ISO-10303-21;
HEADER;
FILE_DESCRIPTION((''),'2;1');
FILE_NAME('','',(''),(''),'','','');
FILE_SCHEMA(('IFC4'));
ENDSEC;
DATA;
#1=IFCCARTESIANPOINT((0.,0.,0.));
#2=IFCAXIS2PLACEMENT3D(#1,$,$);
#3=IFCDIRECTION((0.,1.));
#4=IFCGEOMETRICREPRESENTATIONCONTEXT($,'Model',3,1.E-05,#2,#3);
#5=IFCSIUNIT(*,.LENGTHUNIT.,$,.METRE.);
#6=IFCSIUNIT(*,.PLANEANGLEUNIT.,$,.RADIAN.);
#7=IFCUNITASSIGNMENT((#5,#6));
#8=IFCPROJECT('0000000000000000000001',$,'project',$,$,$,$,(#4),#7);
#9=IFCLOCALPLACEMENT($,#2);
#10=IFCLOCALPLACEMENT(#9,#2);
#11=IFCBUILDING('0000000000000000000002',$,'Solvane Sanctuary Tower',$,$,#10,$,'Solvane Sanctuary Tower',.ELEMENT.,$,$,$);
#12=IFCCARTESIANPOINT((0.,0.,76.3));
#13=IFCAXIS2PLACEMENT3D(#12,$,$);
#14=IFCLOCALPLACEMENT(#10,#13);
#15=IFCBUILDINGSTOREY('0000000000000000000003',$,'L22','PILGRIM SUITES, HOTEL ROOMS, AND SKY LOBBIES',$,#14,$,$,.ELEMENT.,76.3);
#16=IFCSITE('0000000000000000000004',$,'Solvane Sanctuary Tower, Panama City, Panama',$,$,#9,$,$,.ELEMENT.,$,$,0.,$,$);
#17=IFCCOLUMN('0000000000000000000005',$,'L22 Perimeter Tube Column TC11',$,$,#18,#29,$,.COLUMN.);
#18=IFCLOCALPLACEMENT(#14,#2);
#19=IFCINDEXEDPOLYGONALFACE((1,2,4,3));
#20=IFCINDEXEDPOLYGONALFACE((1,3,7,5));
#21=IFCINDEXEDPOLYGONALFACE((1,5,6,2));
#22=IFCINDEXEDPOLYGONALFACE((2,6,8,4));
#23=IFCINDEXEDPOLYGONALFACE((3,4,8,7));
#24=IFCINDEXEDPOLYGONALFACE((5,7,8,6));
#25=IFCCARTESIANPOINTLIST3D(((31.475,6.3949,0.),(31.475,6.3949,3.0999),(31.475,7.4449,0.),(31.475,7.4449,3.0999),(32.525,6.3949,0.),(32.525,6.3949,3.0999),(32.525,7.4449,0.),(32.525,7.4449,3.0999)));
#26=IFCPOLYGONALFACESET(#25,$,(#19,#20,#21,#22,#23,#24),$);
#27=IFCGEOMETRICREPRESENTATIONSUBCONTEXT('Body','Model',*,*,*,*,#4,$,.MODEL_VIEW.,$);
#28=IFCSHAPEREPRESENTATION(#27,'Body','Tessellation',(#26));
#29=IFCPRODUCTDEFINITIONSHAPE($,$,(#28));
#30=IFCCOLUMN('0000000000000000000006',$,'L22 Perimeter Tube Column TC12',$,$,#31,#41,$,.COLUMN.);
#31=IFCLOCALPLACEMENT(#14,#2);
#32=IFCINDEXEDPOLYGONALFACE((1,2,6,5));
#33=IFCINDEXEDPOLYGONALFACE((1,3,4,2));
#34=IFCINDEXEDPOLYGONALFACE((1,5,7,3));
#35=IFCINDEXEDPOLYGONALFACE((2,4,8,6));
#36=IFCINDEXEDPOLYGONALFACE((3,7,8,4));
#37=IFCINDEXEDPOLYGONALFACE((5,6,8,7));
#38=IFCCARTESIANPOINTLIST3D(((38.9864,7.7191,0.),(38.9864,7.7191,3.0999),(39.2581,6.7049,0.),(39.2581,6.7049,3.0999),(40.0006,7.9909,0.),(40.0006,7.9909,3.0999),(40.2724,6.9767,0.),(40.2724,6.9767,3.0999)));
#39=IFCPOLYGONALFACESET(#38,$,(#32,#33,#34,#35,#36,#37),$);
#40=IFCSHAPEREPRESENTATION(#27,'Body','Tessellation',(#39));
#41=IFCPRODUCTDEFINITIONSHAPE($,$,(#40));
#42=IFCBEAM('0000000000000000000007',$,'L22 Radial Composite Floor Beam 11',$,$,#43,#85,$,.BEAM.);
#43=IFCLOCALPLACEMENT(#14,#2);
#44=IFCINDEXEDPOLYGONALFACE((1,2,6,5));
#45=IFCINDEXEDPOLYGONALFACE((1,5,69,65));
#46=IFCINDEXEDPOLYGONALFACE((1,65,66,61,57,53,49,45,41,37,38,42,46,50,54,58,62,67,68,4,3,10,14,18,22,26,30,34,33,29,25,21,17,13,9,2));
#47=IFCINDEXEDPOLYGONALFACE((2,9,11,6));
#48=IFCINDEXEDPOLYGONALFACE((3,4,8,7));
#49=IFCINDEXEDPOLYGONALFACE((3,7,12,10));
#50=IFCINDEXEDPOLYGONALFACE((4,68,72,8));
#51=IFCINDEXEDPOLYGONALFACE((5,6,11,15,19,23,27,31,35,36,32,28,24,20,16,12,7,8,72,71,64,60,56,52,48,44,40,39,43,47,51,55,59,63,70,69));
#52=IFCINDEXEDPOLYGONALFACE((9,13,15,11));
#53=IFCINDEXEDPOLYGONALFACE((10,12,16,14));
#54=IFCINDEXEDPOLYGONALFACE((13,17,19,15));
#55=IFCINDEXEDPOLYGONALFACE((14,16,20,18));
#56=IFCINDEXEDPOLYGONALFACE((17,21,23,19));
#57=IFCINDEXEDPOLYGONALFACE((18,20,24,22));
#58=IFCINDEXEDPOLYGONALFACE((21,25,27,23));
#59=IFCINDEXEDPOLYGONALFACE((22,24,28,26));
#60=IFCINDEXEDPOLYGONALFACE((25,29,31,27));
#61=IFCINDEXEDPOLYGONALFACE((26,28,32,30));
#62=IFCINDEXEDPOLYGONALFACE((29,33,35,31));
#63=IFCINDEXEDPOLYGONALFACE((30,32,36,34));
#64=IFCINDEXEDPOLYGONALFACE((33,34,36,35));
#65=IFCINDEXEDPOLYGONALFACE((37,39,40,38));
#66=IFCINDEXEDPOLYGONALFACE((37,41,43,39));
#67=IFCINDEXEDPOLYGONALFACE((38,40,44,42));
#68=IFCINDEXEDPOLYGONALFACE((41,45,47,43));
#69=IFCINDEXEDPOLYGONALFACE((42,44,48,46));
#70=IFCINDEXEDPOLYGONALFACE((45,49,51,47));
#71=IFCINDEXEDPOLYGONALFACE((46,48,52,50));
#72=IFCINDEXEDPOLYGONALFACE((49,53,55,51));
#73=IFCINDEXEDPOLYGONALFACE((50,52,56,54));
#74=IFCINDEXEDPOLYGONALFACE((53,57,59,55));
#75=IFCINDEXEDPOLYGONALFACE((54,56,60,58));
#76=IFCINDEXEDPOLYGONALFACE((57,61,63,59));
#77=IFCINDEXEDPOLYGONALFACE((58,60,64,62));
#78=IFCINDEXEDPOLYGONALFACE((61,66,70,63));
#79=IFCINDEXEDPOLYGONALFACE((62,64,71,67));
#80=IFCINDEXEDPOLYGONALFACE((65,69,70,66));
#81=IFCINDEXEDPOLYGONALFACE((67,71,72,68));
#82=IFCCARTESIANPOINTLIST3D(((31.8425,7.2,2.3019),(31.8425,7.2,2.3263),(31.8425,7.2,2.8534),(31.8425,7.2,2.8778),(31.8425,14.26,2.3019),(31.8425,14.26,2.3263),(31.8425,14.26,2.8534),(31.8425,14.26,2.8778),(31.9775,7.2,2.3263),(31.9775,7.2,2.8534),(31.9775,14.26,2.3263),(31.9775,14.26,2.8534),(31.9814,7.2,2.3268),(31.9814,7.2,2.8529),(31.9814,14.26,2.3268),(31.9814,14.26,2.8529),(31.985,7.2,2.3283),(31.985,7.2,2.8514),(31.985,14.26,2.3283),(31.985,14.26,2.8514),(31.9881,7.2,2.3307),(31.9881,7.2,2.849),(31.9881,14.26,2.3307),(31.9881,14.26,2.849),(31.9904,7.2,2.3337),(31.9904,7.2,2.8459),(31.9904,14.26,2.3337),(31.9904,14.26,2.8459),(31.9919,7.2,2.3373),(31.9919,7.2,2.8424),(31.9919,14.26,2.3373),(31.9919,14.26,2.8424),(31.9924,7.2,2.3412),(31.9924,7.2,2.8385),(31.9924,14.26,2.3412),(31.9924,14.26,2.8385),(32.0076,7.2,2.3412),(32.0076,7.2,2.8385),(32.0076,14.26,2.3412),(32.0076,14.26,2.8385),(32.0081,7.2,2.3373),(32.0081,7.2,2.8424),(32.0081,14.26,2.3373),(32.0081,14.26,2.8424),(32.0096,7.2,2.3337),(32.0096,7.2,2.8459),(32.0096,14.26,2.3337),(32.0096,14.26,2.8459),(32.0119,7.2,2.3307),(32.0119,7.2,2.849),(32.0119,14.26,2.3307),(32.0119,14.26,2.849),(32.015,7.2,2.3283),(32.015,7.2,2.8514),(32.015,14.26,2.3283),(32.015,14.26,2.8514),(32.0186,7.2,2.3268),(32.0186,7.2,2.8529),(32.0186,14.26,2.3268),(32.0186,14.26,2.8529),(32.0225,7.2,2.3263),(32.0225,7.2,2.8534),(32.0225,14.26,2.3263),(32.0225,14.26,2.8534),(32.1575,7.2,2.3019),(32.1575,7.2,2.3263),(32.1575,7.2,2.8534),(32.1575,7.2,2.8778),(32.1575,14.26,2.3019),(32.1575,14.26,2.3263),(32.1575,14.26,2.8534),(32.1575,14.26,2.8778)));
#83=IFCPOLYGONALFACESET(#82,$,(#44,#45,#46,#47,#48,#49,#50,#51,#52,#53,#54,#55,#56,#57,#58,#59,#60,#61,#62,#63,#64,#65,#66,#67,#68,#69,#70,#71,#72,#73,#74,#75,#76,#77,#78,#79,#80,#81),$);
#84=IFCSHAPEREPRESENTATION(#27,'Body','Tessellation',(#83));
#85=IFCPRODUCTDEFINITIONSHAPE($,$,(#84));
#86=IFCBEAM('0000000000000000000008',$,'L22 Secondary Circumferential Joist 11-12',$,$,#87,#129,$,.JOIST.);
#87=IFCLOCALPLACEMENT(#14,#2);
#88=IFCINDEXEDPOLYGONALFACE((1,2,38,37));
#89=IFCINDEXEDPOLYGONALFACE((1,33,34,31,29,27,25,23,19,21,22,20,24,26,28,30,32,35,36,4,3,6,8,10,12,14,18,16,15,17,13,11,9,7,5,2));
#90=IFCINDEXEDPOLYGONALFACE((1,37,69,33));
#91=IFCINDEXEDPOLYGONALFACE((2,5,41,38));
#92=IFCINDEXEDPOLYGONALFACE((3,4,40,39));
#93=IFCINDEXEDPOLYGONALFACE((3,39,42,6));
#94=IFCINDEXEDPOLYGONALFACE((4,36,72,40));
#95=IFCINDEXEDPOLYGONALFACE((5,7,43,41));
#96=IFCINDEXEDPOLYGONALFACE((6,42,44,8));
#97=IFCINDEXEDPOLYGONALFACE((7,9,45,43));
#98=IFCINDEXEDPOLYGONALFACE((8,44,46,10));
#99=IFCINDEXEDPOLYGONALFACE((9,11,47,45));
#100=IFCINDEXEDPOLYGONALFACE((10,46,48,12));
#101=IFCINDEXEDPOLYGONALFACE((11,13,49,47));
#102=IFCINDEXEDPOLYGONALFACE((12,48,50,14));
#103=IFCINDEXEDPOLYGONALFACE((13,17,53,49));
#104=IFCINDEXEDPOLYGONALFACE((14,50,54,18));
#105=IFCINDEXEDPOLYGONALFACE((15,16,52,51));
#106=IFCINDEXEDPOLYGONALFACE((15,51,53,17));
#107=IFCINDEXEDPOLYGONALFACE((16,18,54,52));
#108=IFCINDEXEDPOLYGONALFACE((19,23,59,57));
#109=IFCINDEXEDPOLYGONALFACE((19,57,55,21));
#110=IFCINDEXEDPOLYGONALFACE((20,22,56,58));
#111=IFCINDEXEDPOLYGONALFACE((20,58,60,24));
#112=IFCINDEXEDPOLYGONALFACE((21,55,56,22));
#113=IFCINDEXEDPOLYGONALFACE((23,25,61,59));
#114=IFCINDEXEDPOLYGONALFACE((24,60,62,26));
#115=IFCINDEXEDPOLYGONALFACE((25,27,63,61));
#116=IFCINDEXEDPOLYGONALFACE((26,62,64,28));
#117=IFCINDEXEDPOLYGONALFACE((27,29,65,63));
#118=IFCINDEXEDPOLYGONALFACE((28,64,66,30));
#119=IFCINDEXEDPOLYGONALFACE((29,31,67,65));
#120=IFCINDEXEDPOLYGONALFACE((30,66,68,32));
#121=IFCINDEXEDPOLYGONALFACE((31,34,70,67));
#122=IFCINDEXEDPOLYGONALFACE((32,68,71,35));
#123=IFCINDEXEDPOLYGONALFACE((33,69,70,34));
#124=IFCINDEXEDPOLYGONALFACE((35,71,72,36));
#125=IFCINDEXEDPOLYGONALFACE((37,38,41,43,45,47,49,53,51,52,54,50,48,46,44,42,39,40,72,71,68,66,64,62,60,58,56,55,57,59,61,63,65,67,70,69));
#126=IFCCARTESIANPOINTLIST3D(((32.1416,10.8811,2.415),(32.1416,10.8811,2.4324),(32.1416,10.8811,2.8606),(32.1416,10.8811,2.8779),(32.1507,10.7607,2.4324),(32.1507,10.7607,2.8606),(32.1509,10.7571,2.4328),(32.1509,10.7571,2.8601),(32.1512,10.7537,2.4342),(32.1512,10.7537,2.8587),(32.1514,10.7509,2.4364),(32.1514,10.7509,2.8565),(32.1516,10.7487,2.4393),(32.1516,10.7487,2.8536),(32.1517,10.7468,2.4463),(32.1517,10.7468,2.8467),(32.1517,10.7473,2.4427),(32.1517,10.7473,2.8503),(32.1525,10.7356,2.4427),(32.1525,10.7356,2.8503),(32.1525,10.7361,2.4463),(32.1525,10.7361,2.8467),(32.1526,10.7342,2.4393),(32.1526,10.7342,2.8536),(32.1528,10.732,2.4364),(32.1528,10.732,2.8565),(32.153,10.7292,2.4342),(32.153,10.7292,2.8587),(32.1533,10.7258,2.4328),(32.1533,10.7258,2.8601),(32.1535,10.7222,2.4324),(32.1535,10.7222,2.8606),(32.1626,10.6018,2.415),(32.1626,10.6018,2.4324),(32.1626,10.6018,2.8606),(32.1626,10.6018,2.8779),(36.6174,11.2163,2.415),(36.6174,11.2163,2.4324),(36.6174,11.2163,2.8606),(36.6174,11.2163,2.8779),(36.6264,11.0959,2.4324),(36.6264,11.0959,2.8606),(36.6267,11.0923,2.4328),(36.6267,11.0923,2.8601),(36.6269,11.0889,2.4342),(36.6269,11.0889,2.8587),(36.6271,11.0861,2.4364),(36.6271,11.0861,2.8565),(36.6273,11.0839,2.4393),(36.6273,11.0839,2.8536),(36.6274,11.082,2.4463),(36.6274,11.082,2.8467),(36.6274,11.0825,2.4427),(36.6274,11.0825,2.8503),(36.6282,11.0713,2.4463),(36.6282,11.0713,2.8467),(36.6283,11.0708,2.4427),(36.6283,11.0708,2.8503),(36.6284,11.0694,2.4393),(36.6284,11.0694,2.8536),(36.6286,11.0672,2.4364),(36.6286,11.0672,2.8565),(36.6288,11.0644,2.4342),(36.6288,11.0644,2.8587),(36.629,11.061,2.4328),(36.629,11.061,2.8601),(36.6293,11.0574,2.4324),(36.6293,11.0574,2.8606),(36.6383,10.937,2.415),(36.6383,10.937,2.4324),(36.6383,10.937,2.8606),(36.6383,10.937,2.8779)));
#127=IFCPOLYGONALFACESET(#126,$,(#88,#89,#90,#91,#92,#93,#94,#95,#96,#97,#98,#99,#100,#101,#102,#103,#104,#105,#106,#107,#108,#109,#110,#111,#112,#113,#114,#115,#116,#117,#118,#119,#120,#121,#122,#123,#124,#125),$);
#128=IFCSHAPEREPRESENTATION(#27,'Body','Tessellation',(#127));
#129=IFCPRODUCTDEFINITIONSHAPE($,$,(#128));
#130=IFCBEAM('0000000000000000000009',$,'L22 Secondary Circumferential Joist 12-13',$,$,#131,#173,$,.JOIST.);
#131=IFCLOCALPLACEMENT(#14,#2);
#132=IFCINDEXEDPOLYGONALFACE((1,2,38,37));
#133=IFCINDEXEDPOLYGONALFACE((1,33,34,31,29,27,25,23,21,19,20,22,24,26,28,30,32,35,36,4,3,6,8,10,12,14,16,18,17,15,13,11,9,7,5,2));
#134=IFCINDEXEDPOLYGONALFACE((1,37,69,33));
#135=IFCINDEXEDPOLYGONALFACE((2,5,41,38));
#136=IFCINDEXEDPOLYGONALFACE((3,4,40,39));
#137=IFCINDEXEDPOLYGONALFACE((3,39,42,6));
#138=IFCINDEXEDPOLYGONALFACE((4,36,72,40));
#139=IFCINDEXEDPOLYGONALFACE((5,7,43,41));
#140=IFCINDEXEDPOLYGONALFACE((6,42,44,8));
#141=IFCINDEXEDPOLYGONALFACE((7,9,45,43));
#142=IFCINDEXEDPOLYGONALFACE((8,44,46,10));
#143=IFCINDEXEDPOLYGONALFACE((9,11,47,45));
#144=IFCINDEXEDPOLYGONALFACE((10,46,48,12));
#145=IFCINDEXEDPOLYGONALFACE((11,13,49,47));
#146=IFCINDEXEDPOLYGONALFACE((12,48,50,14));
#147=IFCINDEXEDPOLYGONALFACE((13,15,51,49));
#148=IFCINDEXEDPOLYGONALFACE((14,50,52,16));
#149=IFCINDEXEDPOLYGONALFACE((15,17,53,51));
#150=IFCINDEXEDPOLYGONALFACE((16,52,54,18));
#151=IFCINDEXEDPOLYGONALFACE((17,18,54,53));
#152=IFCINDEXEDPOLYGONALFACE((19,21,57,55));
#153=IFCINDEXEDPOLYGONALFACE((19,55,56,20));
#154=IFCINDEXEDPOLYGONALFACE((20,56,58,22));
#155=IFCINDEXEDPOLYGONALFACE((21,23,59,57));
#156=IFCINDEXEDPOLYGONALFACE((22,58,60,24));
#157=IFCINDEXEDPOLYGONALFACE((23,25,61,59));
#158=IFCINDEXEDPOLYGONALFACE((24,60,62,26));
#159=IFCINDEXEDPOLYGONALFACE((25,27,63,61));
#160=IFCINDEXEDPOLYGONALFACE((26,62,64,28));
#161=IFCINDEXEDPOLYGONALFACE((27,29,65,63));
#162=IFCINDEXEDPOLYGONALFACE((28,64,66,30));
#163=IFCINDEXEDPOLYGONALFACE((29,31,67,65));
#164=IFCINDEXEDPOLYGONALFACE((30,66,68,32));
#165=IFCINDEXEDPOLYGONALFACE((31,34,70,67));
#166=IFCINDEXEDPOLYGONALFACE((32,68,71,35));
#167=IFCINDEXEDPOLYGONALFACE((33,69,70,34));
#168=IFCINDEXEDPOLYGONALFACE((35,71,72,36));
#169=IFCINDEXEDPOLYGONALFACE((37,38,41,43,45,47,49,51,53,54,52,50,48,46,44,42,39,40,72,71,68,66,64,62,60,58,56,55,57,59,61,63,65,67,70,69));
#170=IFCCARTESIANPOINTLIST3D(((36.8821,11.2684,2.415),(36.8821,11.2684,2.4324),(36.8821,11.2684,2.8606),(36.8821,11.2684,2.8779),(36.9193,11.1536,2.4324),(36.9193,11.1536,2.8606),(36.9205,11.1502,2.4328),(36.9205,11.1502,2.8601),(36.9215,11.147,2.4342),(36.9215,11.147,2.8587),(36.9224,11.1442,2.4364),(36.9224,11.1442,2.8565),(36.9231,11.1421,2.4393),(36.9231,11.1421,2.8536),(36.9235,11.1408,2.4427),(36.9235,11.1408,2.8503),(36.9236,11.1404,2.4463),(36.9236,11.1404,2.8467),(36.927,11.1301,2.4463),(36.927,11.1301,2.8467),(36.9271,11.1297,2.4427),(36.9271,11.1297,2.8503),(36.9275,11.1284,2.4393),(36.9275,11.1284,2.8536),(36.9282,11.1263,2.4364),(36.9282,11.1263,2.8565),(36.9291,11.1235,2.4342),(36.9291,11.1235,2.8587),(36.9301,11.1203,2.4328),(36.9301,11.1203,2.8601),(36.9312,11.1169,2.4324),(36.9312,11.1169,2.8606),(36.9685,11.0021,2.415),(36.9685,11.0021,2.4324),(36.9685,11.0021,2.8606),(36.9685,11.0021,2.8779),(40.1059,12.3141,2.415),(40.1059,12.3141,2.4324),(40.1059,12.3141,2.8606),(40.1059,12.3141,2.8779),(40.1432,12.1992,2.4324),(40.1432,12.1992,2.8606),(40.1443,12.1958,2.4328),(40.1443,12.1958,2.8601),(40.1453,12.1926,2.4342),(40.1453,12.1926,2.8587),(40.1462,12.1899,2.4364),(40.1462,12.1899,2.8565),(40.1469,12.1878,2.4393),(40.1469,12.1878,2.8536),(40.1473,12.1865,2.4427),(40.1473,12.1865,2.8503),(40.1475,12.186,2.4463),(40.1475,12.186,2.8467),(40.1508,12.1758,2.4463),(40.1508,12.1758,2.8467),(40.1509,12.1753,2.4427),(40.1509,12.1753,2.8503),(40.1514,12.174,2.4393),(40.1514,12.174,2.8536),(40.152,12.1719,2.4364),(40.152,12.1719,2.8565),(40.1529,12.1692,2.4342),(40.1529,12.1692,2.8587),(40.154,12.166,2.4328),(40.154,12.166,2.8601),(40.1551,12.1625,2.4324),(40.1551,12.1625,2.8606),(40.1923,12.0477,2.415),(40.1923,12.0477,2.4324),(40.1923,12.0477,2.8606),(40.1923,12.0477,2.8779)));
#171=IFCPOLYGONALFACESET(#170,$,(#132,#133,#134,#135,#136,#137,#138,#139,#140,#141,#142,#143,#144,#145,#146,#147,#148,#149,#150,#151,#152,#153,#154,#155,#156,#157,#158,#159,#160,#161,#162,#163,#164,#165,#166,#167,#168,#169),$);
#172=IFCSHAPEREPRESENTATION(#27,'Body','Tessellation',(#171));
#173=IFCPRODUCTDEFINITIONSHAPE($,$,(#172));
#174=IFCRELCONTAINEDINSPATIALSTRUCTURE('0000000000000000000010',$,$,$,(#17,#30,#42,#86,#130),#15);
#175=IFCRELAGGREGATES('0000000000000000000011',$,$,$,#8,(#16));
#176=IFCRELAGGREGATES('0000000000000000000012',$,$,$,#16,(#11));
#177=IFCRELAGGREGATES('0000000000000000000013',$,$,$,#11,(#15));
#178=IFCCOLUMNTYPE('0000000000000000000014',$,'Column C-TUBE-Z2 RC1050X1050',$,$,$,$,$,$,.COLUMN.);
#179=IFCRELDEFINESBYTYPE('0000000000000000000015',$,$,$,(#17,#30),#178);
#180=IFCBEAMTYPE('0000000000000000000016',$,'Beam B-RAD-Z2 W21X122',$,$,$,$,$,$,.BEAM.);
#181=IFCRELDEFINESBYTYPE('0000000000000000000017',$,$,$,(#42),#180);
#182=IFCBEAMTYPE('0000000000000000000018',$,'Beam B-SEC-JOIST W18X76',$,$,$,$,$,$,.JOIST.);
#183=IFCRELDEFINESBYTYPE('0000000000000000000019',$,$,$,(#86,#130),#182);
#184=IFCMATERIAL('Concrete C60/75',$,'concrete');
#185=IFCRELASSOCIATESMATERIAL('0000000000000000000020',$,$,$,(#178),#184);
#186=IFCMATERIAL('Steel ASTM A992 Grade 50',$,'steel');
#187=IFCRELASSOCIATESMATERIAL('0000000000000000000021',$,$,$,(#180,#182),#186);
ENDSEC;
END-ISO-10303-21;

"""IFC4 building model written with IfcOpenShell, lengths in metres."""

from ifc_helpers import new_model, si_unit, direction, frame, origin, origin_2d, place, context, subcontext, project, spatial, rectangle, i_section, extrude, material, material_profile, profile_set, type_object, element, save


model = new_model("IFC4")

# Units and contexts
model_context = context("Model", 3, precision=1e-05, world=origin(), true_north=direction((0.0, 1.0)))
body_context = subcontext(model_context, "Body", "Model", "MODEL_VIEW")
ifc_project = project(units=[si_unit("LENGTHUNIT", "METRE"), si_unit("PLANEANGLEUNIT", "RADIAN")], contexts=[model_context])

# Site, building, storey
site_placement = place(None, origin())
site = spatial("IfcSite", under=ifc_project, at=site_placement, Name="Solvane Sanctuary Tower, Panama City, Panama", CompositionType="ELEMENT", RefElevation=0.0)
building_placement = place(site_placement, origin())
building = spatial("IfcBuilding", under=site, at=building_placement, Name="Solvane Sanctuary Tower", LongName="Solvane Sanctuary Tower", CompositionType="ELEMENT")
storey_placement = place(building_placement, frame((0.0, 0.0, 76.3)))
storey = spatial("IfcBuildingStorey", under=building, at=storey_placement, Name="L22", Description="PILGRIM SUITES, HOTEL ROOMS, AND SKY LOBBIES", CompositionType="ELEMENT", Elevation=76.3)

# Columns
ifc_material_1 = material(Name="Concrete C60/75", Category="concrete")
ifc_material_profile_1 = material_profile(ifc_material_1, rectangle(XDim=1.05, YDim=1.05, at=origin_2d()), Name="RC1050X1050")
ifc_profile_set_1 = profile_set([ifc_material_profile_1], Name="Concrete C60/75")
column_type = type_object("IfcColumnType", Name="Column C-TUBE-Z2 RC1050X1050", PredefinedType="COLUMN", material=ifc_profile_set_1)
for number, where, z_axis, x_axis, name in (
    (1, (32.0, 6.9199, 0.0), (0.0, 0.0, 1.0), (0.0, -1.0, 0.0), "L22 Perimeter Tube Column TC11"),
    (2, (39.6294, 7.3479, 0.0), (0.0, 0.0, 1.0), (0.258819, -0.965926, 0.0), "L22 Perimeter Tube Column TC12"),
):
    element("IfcColumn", number, at=place(storey_placement, frame(where, z_axis=z_axis, x_axis=x_axis)), inside=storey, type_object=column_type, Name=name, PredefinedType="COLUMN", context=body_context, shape_type="SweptSolid", body=[
        extrude(rectangle(XDim=1.05, YDim=1.05, at=origin_2d()), origin(), (0.0, 0.0, 1.0), 3.0999),
    ])

# Beams
ifc_material_2 = material(Name="Steel ASTM A992 Grade 50", Category="steel")
ifc_material_profile_2 = material_profile(ifc_material_2, i_section(OverallWidth=0.3149, OverallDepth=0.5759, WebThickness=0.0151, FlangeThickness=0.0244, FilletRadius=0.0149, at=origin_2d()), Name="W21X122")
ifc_profile_set_2 = profile_set([ifc_material_profile_2], Name="Steel ASTM A992 Grade 50")
beam_type_1 = type_object("IfcBeamType", Name="Beam B-RAD-Z2 W21X122", PredefinedType="BEAM", material=ifc_profile_set_2)
beam_1_placement = place(storey_placement, frame((32.0, 14.26, 2.5898), z_axis=(0.0, -1.0, 0.0), x_axis=(1.0, 0.0, 0.0)))
element("IfcBeam", 3, at=beam_1_placement, inside=storey, type_object=beam_type_1, Name="L22 Radial Composite Floor Beam 11", PredefinedType="BEAM", context=body_context, shape_type="SweptSolid", body=[
    extrude(i_section(OverallWidth=0.3149, OverallDepth=0.5759, WebThickness=0.0151, FlangeThickness=0.0244, FilletRadius=0.0149, at=origin_2d()), origin(), (0.0, 0.0, 1.0), 7.0601),
])
ifc_material_profile_3 = material_profile(ifc_material_2, i_section(OverallWidth=0.28, OverallDepth=0.4629, WebThickness=0.0107, FlangeThickness=0.0173, FilletRadius=0.0139, at=origin_2d()), Name="W18X76")
ifc_profile_set_3 = profile_set([ifc_material_profile_3], Name="Steel ASTM A992 Grade 50")
beam_type_2 = type_object("IfcBeamType", Name="Beam B-SEC-JOIST W18X76", PredefinedType="JOIST", material=ifc_profile_set_3)
beam_2_placement = place(storey_placement, frame((32.1521, 10.7415, 2.6465), z_axis=(0.997207, 0.074683, 0.0), x_axis=(-0.074683, 0.997207, 0.0)))
element("IfcBeam", 4, at=beam_2_placement, inside=storey, type_object=beam_type_2, Name="L22 Secondary Circumferential Joist 11-12", PredefinedType="JOIST", context=body_context, shape_type="SweptSolid", body=[
    extrude(i_section(OverallWidth=0.28, OverallDepth=0.4629, WebThickness=0.0107, FlangeThickness=0.0173, FilletRadius=0.0139, at=origin_2d()), origin(), (0.0, 0.0, 1.0), 4.4883),
])
beam_3_placement = place(storey_placement, frame((36.9253, 11.1353, 2.6465), z_axis=(0.951217, 0.308524, 0.0), x_axis=(-0.308524, 0.951217, 0.0)))
element("IfcBeam", 5, at=beam_3_placement, inside=storey, type_object=beam_type_2, Name="L22 Secondary Circumferential Joist 12-13", PredefinedType="JOIST", context=body_context, shape_type="SweptSolid", body=[
    extrude(i_section(OverallWidth=0.28, OverallDepth=0.4629, WebThickness=0.0107, FlangeThickness=0.0173, FilletRadius=0.0139, at=origin_2d()), origin(), (0.0, 0.0, 1.0), 3.3892),
])

save(model, "model.ifc")
